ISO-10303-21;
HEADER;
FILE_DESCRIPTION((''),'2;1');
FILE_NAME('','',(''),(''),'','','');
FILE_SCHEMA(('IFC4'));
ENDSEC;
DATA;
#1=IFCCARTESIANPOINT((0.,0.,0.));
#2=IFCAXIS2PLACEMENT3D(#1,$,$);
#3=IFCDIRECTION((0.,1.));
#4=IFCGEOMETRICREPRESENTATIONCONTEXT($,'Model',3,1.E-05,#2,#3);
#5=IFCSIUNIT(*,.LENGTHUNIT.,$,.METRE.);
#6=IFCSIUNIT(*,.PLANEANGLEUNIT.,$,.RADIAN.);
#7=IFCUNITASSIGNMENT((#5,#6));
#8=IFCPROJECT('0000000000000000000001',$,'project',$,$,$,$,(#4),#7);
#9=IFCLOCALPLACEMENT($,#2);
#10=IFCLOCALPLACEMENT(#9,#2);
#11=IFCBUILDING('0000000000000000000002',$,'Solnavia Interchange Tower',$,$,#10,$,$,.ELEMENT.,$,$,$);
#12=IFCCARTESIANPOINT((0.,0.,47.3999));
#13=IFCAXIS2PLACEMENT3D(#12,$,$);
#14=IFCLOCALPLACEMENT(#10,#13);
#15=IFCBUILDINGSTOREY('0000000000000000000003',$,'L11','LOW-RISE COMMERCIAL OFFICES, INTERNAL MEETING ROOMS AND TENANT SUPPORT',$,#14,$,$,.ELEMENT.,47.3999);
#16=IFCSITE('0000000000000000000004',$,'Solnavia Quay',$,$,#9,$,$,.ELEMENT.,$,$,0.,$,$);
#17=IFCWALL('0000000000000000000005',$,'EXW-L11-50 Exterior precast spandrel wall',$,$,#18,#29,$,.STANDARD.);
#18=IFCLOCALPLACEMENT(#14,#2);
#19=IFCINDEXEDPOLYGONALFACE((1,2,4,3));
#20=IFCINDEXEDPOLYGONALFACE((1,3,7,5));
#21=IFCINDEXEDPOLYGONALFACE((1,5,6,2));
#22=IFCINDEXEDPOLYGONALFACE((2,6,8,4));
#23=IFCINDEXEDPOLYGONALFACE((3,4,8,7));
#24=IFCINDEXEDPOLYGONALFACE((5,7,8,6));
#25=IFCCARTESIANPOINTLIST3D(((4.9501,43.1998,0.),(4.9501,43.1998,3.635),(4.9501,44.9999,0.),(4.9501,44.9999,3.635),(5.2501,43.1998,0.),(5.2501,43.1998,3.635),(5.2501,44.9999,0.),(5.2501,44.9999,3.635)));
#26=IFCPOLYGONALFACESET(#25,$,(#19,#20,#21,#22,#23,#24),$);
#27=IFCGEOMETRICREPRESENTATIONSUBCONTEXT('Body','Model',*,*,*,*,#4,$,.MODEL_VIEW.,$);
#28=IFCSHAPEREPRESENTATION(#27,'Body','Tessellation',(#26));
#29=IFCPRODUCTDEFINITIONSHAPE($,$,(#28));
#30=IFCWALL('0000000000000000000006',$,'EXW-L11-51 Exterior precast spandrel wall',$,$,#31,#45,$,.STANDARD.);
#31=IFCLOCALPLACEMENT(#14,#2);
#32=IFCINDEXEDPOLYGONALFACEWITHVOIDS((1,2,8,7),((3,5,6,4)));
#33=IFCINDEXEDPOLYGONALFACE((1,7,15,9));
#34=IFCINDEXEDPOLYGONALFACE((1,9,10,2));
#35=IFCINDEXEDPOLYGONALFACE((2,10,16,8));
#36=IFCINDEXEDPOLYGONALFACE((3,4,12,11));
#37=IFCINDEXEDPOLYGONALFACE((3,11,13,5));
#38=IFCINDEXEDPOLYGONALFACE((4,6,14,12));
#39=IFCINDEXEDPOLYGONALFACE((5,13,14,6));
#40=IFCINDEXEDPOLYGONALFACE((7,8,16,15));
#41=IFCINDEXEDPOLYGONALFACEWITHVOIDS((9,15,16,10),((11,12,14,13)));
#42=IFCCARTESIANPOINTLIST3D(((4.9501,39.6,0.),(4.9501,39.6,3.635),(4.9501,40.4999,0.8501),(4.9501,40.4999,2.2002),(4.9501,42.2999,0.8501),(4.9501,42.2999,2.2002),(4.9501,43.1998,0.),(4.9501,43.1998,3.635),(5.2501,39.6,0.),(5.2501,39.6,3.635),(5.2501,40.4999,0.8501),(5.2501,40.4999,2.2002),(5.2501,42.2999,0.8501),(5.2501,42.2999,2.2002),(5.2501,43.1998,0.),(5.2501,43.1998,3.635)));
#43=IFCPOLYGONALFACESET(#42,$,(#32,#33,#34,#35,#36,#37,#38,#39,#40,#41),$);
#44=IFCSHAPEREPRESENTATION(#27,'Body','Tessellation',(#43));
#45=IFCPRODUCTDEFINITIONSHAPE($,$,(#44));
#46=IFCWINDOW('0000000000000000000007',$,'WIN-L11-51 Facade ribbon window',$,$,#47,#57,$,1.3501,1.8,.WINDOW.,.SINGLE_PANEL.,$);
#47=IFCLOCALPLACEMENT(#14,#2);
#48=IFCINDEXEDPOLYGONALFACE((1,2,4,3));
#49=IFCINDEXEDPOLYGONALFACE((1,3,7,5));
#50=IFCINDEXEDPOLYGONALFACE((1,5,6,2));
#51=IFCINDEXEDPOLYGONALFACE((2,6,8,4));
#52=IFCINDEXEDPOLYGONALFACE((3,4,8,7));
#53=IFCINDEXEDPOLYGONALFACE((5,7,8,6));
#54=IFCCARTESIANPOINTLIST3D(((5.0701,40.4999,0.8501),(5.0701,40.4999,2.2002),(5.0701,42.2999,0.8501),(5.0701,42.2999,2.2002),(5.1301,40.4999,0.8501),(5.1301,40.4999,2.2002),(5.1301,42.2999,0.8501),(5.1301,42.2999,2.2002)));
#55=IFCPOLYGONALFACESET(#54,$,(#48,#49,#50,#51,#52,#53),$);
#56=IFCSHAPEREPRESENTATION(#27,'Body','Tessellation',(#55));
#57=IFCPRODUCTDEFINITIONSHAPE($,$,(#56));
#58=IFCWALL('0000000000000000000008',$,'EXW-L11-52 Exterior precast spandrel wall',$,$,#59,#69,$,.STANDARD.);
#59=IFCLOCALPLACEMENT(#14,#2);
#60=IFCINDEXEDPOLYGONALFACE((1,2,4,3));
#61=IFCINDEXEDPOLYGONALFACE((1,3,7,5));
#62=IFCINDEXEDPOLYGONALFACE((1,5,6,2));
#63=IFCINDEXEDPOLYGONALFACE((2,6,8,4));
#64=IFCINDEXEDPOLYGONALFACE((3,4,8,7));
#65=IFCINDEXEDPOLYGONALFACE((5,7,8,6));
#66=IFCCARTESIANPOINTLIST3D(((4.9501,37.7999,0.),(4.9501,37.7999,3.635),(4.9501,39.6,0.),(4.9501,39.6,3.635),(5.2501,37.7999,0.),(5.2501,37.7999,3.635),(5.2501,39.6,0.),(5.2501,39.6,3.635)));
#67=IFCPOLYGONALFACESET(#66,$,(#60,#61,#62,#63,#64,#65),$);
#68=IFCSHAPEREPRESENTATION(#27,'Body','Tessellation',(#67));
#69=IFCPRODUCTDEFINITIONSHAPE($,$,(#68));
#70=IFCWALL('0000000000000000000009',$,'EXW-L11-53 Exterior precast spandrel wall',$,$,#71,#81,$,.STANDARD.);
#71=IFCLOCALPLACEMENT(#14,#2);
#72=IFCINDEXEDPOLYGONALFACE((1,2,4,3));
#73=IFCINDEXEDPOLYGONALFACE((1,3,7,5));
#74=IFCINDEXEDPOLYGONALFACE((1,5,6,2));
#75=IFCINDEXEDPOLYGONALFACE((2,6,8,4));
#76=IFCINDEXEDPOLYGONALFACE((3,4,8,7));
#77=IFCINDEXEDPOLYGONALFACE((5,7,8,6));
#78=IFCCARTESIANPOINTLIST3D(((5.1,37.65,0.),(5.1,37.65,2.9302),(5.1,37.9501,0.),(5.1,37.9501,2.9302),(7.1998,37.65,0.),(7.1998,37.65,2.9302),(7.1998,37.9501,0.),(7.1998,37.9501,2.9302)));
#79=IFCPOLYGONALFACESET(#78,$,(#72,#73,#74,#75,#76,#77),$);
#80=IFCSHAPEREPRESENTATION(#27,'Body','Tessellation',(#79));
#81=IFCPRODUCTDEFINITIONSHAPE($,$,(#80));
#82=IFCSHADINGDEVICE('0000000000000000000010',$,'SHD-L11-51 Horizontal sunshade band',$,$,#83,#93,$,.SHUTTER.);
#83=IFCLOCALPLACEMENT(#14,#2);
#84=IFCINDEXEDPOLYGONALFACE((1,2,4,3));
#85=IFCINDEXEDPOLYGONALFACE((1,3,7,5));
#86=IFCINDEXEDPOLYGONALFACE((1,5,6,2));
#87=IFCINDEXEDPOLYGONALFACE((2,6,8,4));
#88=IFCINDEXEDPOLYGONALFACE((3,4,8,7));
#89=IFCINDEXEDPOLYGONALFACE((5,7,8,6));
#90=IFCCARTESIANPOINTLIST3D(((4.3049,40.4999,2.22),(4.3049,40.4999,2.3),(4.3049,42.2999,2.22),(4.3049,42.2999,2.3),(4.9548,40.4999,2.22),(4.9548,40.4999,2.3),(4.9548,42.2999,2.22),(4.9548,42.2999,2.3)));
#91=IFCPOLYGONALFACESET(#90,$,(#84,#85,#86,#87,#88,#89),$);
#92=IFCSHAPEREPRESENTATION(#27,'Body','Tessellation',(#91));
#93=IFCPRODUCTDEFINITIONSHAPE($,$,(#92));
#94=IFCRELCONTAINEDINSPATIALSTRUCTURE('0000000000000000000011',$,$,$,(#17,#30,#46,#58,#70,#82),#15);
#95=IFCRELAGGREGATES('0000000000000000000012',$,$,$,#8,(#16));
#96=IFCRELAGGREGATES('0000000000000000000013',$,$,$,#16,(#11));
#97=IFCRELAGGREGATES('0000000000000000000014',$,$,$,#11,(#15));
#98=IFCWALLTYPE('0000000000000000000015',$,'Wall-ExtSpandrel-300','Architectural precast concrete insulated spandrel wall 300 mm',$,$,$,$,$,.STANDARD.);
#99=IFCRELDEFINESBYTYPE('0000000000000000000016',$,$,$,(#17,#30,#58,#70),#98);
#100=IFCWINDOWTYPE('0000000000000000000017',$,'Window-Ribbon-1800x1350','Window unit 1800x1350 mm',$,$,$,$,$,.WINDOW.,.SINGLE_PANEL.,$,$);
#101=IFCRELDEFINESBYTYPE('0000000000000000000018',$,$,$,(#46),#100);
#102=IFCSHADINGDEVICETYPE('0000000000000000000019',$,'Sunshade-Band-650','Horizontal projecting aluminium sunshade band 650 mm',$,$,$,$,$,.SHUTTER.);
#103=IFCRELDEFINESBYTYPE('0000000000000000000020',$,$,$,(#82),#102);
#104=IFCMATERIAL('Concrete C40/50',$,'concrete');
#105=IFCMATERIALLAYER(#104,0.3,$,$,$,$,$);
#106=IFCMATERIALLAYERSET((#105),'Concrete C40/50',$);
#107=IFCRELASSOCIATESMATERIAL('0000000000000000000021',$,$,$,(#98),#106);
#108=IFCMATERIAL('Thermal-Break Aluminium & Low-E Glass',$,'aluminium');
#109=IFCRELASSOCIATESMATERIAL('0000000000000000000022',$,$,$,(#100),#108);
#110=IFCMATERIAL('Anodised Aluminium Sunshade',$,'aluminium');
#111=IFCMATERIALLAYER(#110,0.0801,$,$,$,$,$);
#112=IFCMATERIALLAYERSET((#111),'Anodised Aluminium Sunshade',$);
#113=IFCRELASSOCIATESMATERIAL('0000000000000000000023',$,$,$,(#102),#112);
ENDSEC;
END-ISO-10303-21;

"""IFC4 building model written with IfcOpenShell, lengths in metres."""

from ifc_helpers import new_model, si_unit, direction, frame, frame_2d, origin, origin_2d, place, context, subcontext, project, spatial, rectangle, extrude, material, layer, layer_set, type_object, element, fill, save


model = new_model("IFC4")

# Units and contexts
model_context = context("Model", 3, precision=1e-05, world=origin(), true_north=direction((0.0, 1.0)))
body_context = subcontext(model_context, "Body", "Model", "MODEL_VIEW")
ifc_project = project(units=[si_unit("LENGTHUNIT", "METRE"), si_unit("PLANEANGLEUNIT", "RADIAN")], contexts=[model_context])

# Site, building, storey
site_placement = place(None, origin())
site = spatial("IfcSite", under=ifc_project, at=site_placement, Name="Solnavia Quay", CompositionType="ELEMENT", RefElevation=0.0)
building_placement = place(site_placement, origin())
building = spatial("IfcBuilding", under=site, at=building_placement, Name="Solnavia Interchange Tower", CompositionType="ELEMENT")
storey_placement = place(building_placement, frame((0.0, 0.0, 47.3999)))
storey = spatial("IfcBuildingStorey", under=building, at=storey_placement, Name="L11", Description="LOW-RISE COMMERCIAL OFFICES, INTERNAL MEETING ROOMS AND TENANT SUPPORT", CompositionType="ELEMENT", Elevation=47.3999)

# Wall
ifc_material_1 = material(Name="Concrete C40/50", Category="concrete")
ifc_layer_1 = layer(ifc_material_1, 0.3)
ifc_layer_set_1 = layer_set([ifc_layer_1], Name="Concrete C40/50")
wall_type_1 = type_object("IfcWallType", Name="Wall-ExtSpandrel-300", Description="Architectural precast concrete insulated spandrel wall 300 mm", PredefinedType="STANDARD", material=ifc_layer_set_1)
wall_1_placement = place(storey_placement, frame((5.1001, 43.2, 0.0), z_axis=(0.0, 0.0, 1.0), x_axis=(0.0, 1.0, 0.0)))
element("IfcWall", 1, at=wall_1_placement, inside=storey, type_object=wall_type_1, Name="EXW-L11-50 Exterior precast spandrel wall", PredefinedType="STANDARD", context=body_context, shape_type="SweptSolid", body=[
    extrude(rectangle(XDim=1.8, YDim=0.3, at=frame_2d((0.8999, 0.0))), origin(), (0.0, 0.0, 1.0), 3.635),
])

# Wall, opening, window
wall_2_placement = place(storey_placement, frame((5.1001, 39.6001, 0.0), z_axis=(0.0, 0.0, 1.0), x_axis=(0.0, 1.0, 0.0)))
wall_2 = element("IfcWall", 2, at=wall_2_placement, inside=storey, type_object=wall_type_1, Name="EXW-L11-51 Exterior precast spandrel wall", PredefinedType="STANDARD", context=body_context, shape_type="SweptSolid", body=[
    extrude(rectangle(XDim=3.5999, YDim=0.3, at=frame_2d((1.7998, 0.0))), origin(), (0.0, 0.0, 1.0), 3.635),
])
opening_placement = place(wall_2_placement, frame((0.8999, 0.0, 0.8501)))
opening = element("IfcOpeningElement", 3, at=opening_placement, cuts=wall_2, PredefinedType="OPENING", context=body_context, shape_type="SweptSolid", body=[
    extrude(rectangle(XDim=1.8, YDim=1.3501, at=frame_2d((0.8999, 0.675))), frame((0.0, 0.1602, 0.0), z_axis=(0.0, -1.0, 0.0), x_axis=(1.0, 0.0, 0.0)), (0.0, 0.0, 1.0), 0.3201),
])
ifc_material_2 = material(Name="Thermal-Break Aluminium & Low-E Glass", Category="aluminium")
window_type = type_object("IfcWindowType", Name="Window-Ribbon-1800x1350", Description="Window unit 1800x1350 mm", PartitioningType="SINGLE_PANEL", PredefinedType="WINDOW", material=ifc_material_2)
window_placement = place(opening_placement, origin())
window = element("IfcWindow", 4, at=window_placement, inside=storey, type_object=window_type, Name="WIN-L11-51 Facade ribbon window", OverallHeight=1.3501, OverallWidth=1.8, PartitioningType="SINGLE_PANEL", PredefinedType="WINDOW", context=body_context, shape_type="SweptSolid", body=[
    extrude(rectangle(XDim=1.8, YDim=1.3501, at=frame_2d((0.8999, 0.675))), frame((0.0, 0.03, 0.0), z_axis=(0.0, -1.0, 0.0), x_axis=(1.0, 0.0, 0.0)), (0.0, 0.0, 1.0), 0.0601),
])
fill(opening, window)

# Walls
wall_3_placement = place(storey_placement, frame((5.1001, 37.8, 0.0), z_axis=(0.0, 0.0, 1.0), x_axis=(0.0, 1.0, 0.0)))
element("IfcWall", 5, at=wall_3_placement, inside=storey, type_object=wall_type_1, Name="EXW-L11-52 Exterior precast spandrel wall", PredefinedType="STANDARD", context=body_context, shape_type="SweptSolid", body=[
    extrude(rectangle(XDim=1.8, YDim=0.3, at=frame_2d((0.8999, 0.0))), origin(), (0.0, 0.0, 1.0), 3.635),
])
wall_4_placement = place(storey_placement, frame((5.1001, 37.8, 0.0), z_axis=(0.0, 0.0, 1.0), x_axis=(1.0, 0.0, 0.0)))
element("IfcWall", 6, at=wall_4_placement, inside=storey, type_object=wall_type_1, Name="EXW-L11-53 Exterior precast spandrel wall", PredefinedType="STANDARD", context=body_context, shape_type="SweptSolid", body=[
    extrude(rectangle(XDim=2.0999, YDim=0.3, at=frame_2d((1.0498, 0.0))), origin(), (0.0, 0.0, 1.0), 2.9302),
])

# Shading device
ifc_material_3 = material(Name="Anodised Aluminium Sunshade", Category="aluminium")
ifc_layer_2 = layer(ifc_material_3, 0.0801)
ifc_layer_set_2 = layer_set([ifc_layer_2], Name="Anodised Aluminium Sunshade")
shading_device_type = type_object("IfcShadingDeviceType", Name="Sunshade-Band-650", Description="Horizontal projecting aluminium sunshade band 650 mm", PredefinedType="SHUTTER", material=ifc_layer_set_2)
shading_device_placement = place(storey_placement, frame((4.6299, 41.3999, 2.22), z_axis=(0.0, 0.0, 1.0), x_axis=(0.0, 1.0, 0.0)))
element("IfcShadingDevice", 7, at=shading_device_placement, inside=storey, type_object=shading_device_type, Name="SHD-L11-51 Horizontal sunshade band", PredefinedType="SHUTTER", context=body_context, shape_type="SweptSolid", body=[
    extrude(rectangle(XDim=1.8, YDim=0.6499, at=origin_2d()), origin(), (0.0, 0.0, 1.0), 0.0801),
])

save(model, "model.ifc")
